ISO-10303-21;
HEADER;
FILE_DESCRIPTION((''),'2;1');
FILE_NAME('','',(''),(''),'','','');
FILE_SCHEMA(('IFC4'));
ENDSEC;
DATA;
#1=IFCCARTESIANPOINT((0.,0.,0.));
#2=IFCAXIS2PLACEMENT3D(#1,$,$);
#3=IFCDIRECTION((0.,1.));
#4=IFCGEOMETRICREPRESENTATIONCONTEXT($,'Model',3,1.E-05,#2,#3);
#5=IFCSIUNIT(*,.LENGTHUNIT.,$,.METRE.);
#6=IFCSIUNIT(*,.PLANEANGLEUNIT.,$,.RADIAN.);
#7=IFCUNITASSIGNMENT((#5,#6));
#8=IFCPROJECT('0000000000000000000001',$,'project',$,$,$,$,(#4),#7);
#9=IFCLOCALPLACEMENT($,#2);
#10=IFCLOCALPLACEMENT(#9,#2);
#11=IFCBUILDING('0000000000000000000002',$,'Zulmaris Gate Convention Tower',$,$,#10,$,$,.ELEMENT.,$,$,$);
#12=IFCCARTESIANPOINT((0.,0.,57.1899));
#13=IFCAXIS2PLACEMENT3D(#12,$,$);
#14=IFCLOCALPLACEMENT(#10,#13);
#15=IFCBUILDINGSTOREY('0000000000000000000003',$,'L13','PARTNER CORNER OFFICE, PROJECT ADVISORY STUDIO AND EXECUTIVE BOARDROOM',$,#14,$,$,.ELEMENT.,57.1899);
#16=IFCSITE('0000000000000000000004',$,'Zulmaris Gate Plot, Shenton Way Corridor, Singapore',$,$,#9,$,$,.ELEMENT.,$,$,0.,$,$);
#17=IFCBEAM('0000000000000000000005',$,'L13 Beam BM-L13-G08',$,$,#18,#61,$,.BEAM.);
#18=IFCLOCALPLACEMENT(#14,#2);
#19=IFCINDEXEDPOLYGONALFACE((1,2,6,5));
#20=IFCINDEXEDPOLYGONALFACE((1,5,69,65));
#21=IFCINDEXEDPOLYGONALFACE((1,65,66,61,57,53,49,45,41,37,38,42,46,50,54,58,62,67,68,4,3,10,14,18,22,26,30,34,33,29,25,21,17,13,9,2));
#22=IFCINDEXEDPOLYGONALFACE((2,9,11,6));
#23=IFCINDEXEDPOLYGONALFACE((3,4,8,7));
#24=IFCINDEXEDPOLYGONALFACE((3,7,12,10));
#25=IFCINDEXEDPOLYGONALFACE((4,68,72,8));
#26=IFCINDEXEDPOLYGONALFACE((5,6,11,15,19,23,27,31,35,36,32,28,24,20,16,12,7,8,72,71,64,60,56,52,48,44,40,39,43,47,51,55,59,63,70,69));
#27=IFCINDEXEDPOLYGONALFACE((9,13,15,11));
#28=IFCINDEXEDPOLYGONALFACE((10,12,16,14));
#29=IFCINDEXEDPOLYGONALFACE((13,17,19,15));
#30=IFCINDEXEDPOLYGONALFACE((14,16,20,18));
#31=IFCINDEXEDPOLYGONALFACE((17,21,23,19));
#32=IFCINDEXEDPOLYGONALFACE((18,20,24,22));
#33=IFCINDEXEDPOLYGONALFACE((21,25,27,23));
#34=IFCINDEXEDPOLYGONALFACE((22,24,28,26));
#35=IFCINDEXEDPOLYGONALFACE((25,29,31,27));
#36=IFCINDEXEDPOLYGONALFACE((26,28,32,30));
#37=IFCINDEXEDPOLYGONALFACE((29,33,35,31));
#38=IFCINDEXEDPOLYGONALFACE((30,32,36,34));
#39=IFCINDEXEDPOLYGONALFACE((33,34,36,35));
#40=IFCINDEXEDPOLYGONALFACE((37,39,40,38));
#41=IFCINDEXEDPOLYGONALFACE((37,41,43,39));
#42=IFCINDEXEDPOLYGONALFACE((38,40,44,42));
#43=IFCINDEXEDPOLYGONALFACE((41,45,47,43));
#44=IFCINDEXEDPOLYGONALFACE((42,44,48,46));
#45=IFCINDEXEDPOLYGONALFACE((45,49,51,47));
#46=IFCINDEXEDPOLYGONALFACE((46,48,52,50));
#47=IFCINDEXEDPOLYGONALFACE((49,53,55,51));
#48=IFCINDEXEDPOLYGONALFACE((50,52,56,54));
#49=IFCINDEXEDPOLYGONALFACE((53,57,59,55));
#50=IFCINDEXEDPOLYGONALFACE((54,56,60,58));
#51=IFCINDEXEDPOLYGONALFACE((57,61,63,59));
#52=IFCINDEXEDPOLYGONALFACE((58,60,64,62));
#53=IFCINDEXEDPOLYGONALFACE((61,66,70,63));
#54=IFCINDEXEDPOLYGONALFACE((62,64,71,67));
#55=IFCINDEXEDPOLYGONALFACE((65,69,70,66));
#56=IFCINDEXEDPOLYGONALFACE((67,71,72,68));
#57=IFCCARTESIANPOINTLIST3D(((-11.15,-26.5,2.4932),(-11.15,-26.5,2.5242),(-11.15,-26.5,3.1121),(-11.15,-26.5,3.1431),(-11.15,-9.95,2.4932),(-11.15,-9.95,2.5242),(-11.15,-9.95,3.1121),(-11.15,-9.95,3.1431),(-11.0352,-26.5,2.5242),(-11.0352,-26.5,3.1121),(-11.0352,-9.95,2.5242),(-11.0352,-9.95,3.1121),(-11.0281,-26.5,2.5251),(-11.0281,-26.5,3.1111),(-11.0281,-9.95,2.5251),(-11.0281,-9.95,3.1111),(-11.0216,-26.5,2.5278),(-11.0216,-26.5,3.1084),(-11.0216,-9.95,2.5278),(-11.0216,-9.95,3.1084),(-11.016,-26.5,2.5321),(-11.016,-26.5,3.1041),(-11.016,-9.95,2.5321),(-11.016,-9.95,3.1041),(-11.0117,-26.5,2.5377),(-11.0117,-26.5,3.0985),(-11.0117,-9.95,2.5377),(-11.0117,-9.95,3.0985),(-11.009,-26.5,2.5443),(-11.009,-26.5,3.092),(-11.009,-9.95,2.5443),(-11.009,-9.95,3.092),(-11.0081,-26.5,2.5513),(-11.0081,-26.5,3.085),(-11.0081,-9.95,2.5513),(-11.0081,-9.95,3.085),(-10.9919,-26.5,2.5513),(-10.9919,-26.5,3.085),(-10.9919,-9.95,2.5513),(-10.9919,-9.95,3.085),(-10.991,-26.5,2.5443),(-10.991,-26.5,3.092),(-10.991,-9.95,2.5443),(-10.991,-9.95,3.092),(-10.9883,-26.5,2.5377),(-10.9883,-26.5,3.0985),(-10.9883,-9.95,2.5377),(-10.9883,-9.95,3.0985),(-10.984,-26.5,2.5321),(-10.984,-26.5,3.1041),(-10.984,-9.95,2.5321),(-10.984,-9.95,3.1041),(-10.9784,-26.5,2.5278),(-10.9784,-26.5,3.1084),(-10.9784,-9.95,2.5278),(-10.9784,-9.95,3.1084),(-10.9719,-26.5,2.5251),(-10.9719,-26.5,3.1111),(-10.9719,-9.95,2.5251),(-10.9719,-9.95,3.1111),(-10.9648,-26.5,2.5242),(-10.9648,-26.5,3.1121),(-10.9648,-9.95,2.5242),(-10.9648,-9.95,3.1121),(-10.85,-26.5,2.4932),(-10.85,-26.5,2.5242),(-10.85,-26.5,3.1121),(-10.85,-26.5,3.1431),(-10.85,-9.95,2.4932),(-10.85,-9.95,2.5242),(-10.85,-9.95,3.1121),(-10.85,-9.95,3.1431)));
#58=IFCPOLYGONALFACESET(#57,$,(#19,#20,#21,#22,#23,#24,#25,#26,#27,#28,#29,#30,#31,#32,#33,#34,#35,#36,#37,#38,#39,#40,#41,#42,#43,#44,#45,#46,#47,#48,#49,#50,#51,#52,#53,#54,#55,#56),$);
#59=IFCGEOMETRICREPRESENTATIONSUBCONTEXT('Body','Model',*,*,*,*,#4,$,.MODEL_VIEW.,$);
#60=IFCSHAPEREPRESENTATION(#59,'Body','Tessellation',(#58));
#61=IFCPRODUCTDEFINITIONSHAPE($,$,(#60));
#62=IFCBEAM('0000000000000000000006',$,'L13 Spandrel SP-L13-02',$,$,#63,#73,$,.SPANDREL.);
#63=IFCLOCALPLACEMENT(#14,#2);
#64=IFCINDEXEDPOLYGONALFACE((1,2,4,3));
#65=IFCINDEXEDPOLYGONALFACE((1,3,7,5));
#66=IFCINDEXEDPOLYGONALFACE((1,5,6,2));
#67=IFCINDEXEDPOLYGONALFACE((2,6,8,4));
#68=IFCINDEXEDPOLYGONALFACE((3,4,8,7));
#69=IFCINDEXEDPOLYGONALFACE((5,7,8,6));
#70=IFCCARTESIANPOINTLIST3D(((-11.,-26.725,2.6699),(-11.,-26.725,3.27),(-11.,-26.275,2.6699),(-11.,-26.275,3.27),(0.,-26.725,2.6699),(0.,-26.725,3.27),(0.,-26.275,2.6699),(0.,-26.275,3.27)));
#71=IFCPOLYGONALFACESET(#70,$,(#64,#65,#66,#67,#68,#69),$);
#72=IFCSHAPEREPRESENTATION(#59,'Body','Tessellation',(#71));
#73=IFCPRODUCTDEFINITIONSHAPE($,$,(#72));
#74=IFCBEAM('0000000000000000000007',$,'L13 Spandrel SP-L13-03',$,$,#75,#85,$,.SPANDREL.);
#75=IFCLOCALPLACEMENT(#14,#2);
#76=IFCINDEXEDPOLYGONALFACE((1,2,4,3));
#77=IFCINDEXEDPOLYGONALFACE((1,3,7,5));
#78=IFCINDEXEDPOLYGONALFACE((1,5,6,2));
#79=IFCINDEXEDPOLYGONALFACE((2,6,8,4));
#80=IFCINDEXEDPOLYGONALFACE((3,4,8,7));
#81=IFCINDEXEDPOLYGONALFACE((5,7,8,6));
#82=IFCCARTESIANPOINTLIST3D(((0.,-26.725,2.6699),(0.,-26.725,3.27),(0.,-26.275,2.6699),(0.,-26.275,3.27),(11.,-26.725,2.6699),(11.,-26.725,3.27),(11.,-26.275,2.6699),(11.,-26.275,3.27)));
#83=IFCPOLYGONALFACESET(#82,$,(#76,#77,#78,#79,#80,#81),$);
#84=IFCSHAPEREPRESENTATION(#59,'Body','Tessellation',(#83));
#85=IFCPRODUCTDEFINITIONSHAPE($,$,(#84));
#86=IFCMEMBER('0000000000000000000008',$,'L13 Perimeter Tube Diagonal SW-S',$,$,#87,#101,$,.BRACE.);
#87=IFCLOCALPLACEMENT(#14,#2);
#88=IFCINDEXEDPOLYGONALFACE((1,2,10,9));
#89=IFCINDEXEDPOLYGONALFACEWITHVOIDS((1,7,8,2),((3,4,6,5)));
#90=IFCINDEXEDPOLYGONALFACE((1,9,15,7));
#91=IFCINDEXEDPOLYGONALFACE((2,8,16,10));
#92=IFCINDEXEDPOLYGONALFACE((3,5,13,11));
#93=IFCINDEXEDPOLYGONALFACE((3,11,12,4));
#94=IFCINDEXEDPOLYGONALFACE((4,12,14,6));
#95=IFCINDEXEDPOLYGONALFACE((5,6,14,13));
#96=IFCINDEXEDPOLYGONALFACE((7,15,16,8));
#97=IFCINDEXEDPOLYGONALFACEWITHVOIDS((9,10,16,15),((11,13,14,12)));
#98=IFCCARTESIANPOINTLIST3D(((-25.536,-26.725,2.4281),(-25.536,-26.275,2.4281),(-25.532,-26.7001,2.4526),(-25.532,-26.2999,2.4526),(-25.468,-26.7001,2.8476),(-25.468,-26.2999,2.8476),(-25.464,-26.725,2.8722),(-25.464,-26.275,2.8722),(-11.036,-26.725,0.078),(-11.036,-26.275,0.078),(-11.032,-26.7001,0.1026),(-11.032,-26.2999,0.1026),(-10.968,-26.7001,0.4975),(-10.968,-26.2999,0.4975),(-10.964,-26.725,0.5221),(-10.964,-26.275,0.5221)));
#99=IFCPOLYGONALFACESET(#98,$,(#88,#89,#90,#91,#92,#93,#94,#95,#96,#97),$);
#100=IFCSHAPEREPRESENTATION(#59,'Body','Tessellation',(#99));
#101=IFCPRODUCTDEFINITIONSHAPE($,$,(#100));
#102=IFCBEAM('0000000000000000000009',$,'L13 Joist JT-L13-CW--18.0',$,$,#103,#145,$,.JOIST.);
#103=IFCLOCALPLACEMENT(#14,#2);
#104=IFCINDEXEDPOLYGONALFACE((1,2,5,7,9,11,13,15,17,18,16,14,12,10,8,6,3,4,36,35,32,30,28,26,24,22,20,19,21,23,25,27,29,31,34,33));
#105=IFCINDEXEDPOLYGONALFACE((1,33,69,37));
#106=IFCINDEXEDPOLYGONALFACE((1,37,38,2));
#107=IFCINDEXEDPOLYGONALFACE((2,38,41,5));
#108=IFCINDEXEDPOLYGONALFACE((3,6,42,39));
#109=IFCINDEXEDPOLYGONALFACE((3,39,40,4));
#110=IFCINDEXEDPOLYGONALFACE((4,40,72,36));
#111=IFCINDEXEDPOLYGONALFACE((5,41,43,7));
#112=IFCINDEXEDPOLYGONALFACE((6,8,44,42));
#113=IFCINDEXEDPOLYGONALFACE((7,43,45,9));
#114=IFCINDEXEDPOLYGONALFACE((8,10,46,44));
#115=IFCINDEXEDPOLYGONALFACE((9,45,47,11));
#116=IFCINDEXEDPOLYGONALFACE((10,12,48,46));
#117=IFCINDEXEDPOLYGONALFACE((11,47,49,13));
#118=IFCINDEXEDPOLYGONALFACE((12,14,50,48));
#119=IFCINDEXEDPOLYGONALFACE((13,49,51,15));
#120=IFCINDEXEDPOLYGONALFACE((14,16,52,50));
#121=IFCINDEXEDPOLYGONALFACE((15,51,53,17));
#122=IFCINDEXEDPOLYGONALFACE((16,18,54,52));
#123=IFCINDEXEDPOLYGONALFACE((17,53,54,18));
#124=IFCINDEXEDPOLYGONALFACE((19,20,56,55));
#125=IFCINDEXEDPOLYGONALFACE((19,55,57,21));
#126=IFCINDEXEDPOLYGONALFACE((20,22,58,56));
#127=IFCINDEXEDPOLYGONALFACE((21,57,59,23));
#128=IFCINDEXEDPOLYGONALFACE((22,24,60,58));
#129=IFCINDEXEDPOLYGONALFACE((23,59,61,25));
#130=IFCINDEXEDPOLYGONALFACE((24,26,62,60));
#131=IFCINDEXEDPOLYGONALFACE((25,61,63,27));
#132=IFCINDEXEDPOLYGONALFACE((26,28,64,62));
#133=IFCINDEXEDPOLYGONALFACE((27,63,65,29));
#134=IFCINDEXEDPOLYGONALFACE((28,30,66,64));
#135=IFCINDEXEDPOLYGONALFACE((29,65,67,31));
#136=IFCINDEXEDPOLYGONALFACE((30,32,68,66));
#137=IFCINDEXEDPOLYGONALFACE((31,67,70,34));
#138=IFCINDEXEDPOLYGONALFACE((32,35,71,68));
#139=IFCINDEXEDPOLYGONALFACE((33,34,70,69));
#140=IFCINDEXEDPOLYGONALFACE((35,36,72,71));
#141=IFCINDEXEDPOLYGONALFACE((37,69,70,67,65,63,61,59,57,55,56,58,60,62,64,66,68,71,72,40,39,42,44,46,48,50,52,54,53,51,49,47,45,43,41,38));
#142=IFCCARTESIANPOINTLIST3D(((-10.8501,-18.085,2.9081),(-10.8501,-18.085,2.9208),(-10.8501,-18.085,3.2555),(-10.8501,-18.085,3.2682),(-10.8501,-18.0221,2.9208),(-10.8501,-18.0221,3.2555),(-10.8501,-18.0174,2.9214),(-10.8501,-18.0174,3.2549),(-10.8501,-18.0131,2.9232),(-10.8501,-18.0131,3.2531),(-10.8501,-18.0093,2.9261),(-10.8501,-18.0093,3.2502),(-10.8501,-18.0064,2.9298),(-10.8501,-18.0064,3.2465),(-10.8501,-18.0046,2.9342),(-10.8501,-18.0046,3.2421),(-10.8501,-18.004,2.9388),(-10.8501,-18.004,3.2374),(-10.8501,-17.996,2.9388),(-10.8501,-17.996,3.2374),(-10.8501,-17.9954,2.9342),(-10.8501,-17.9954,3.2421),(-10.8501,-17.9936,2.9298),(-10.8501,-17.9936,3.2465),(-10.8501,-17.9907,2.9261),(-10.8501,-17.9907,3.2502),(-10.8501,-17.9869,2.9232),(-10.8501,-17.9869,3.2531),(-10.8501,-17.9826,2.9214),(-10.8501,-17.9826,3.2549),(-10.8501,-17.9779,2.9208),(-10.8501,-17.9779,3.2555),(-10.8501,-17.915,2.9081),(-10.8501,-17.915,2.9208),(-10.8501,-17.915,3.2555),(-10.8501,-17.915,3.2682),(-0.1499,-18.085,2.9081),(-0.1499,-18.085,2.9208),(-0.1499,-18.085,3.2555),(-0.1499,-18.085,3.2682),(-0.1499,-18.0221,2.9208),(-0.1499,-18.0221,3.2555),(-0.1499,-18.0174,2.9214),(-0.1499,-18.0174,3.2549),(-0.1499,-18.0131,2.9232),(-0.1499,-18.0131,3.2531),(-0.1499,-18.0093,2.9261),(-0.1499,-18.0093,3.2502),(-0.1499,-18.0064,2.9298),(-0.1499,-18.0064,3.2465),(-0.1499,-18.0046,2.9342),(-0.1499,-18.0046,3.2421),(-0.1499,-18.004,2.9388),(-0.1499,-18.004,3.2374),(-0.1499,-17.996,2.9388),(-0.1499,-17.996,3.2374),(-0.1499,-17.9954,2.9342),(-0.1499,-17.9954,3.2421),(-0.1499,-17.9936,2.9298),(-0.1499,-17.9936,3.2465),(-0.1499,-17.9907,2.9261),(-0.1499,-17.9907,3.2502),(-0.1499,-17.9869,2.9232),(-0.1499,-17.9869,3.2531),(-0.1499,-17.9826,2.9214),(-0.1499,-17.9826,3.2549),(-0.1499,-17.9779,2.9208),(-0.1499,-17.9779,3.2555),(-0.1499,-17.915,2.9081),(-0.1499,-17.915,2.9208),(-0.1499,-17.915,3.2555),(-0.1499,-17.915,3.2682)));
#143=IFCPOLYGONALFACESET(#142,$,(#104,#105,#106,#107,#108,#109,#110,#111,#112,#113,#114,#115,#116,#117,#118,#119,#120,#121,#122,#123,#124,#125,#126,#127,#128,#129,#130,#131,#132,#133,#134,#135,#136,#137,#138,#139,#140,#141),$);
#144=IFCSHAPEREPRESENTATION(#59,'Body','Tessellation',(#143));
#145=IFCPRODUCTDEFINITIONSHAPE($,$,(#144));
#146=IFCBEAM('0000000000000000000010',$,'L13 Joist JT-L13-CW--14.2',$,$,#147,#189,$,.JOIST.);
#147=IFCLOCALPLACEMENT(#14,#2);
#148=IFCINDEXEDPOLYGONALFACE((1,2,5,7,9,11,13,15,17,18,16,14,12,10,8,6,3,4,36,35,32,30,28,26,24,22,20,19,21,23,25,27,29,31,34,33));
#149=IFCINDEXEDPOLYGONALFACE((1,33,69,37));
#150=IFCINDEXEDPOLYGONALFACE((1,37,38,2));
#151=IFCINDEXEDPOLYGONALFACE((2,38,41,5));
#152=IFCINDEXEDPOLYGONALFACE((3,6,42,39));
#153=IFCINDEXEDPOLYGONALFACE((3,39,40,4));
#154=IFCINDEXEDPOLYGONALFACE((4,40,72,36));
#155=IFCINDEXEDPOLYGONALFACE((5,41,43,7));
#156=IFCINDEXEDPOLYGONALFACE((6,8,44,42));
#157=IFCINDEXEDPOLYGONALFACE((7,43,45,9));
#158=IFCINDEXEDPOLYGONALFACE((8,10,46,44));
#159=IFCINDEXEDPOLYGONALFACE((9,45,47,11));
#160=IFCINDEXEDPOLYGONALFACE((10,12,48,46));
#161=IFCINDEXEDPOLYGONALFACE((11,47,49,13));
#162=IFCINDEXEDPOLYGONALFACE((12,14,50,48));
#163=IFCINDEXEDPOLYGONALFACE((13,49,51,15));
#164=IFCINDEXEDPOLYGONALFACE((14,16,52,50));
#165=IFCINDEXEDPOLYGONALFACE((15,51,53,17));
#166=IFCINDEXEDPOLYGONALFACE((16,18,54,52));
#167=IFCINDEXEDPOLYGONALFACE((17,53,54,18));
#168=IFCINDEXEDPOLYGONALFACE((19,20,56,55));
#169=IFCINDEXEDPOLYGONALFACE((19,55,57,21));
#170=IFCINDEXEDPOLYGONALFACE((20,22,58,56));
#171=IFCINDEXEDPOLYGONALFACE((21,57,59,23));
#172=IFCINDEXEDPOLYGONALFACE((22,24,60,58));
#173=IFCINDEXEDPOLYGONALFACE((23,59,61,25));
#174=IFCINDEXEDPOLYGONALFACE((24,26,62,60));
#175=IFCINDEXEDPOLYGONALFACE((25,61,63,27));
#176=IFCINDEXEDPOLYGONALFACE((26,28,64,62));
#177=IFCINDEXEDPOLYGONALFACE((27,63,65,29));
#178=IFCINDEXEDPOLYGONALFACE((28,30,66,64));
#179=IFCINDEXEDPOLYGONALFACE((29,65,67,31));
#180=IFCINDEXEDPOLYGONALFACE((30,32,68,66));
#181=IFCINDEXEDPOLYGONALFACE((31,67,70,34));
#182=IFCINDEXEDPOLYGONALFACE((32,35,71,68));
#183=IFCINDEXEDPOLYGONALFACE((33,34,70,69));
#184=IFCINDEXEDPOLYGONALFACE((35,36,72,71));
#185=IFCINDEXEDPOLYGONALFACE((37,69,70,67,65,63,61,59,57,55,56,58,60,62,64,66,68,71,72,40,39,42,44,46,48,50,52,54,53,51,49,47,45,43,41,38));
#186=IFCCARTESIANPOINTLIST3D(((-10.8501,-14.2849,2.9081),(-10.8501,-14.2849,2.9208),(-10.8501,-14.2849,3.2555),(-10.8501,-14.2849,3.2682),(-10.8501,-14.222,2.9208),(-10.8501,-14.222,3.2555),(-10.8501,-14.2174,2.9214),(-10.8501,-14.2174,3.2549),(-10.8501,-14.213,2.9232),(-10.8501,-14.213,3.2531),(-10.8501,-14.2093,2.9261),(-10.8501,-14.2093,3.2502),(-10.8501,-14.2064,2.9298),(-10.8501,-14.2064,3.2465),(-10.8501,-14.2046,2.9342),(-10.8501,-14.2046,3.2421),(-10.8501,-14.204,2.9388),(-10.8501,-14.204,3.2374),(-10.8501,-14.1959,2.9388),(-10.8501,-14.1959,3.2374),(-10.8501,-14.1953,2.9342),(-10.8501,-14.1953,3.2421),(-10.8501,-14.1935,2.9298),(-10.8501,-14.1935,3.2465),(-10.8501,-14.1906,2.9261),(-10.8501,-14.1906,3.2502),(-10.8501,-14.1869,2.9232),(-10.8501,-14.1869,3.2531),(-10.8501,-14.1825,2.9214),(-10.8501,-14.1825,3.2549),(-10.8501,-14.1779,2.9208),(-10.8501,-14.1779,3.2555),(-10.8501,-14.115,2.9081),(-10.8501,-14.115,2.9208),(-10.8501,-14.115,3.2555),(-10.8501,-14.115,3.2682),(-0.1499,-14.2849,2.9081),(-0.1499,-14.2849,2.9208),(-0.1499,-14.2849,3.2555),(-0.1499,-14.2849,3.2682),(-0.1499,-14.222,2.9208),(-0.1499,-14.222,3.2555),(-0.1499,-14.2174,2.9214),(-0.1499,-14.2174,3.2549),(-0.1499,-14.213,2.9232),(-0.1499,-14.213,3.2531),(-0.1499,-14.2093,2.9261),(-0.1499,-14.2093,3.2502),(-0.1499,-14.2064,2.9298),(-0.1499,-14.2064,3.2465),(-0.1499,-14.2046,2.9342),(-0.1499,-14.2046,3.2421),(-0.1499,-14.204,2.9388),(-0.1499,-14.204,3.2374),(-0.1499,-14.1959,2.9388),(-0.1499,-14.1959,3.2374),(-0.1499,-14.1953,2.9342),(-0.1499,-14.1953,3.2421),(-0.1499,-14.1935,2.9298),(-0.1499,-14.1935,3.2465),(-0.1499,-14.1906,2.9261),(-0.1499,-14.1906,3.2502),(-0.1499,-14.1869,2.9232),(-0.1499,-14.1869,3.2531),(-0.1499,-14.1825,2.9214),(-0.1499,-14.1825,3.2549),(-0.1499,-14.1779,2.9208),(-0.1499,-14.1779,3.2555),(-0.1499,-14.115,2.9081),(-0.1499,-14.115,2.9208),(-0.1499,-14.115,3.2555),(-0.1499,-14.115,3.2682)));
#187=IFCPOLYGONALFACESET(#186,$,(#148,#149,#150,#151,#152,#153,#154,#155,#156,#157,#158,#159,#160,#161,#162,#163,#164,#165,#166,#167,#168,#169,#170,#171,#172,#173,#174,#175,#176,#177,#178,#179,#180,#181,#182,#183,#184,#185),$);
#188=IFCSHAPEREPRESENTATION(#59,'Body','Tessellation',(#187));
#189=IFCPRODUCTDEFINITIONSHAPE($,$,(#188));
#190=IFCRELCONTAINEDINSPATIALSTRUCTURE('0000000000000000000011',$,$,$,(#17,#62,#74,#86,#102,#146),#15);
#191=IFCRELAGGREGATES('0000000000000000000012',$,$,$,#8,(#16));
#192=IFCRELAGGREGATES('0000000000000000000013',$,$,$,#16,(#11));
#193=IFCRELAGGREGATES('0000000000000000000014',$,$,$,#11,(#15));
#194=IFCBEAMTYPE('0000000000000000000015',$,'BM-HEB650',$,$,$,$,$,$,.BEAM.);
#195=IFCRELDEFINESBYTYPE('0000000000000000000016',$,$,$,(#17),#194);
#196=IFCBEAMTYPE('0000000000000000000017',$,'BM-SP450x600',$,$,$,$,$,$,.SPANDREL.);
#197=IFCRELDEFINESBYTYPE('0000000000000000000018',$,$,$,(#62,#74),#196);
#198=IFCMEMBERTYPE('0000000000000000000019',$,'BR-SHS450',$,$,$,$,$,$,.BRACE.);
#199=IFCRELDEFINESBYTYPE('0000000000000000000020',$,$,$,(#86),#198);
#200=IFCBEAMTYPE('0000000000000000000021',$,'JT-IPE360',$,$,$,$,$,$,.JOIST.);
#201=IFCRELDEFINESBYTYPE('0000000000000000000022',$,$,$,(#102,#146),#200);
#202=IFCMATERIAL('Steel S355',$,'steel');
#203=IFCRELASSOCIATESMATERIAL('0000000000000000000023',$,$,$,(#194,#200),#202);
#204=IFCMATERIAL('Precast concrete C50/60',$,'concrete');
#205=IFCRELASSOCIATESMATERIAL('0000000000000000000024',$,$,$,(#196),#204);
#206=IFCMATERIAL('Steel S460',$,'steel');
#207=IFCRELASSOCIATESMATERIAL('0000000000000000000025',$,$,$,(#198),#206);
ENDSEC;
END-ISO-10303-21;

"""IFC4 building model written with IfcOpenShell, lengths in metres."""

from ifc_helpers import new_model, si_unit, direction, frame, origin, origin_2d, place, context, subcontext, project, spatial, rectangle, hollow_rectangle, i_section, extrude, material, material_profile, profile_set, type_object, element, save


model = new_model("IFC4")

# Units and contexts
model_context = context("Model", 3, precision=1e-05, world=origin(), true_north=direction((0.0, 1.0)))
body_context = subcontext(model_context, "Body", "Model", "MODEL_VIEW")
ifc_project = project(units=[si_unit("LENGTHUNIT", "METRE"), si_unit("PLANEANGLEUNIT", "RADIAN")], contexts=[model_context])

# Site, building, storey
site_placement = place(None, origin())
site = spatial("IfcSite", under=ifc_project, at=site_placement, Name="Zulmaris Gate Plot, Shenton Way Corridor, Singapore", CompositionType="ELEMENT", RefElevation=0.0)
building_placement = place(site_placement, origin())
building = spatial("IfcBuilding", under=site, at=building_placement, Name="Zulmaris Gate Convention Tower", CompositionType="ELEMENT")
storey_placement = place(building_placement, frame((0.0, 0.0, 57.1899)))
storey = spatial("IfcBuildingStorey", under=building, at=storey_placement, Name="L13", Description="PARTNER CORNER OFFICE, PROJECT ADVISORY STUDIO AND EXECUTIVE BOARDROOM", CompositionType="ELEMENT", Elevation=57.1899)

# Beams
ifc_material_1 = material(Name="Steel S355", Category="steel")
ifc_material_profile_1 = material_profile(ifc_material_1, i_section(OverallWidth=0.3, OverallDepth=0.6499, WebThickness=0.0161, FlangeThickness=0.031, FilletRadius=0.0271, at=origin_2d()), Name="HEB 650")
ifc_profile_set_1 = profile_set([ifc_material_profile_1], Name="Steel S355")
beam_type_1 = type_object("IfcBeamType", Name="BM-HEB650", PredefinedType="BEAM", material=ifc_profile_set_1)
beam_1_placement = place(storey_placement, frame((-11.0, -26.5, 2.8181), z_axis=(0.0, 1.0, 0.0), x_axis=(-1.0, 0.0, 0.0)))
element("IfcBeam", 1, at=beam_1_placement, inside=storey, type_object=beam_type_1, Name="L13 Beam BM-L13-G08", PredefinedType="BEAM", context=body_context, shape_type="SweptSolid", body=[
    extrude(i_section(OverallWidth=0.3, OverallDepth=0.6499, WebThickness=0.0161, FlangeThickness=0.031, FilletRadius=0.0271, at=origin_2d()), origin(), (0.0, 0.0, 1.0), 16.55),
])
ifc_material_2 = material(Name="Precast concrete C50/60", Category="concrete")
ifc_material_profile_2 = material_profile(ifc_material_2, rectangle(XDim=0.45, YDim=0.6001, at=origin_2d()), Name="RC SPANDREL 450x600")
ifc_profile_set_2 = profile_set([ifc_material_profile_2], Name="Precast concrete C50/60")
beam_type_2 = type_object("IfcBeamType", Name="BM-SP450x600", PredefinedType="SPANDREL", material=ifc_profile_set_2)
for number, where, z_axis, x_axis, name in (
    (2, (-11.0, -26.5, 2.97), (1.0, 0.0, 0.0), (0.0, 1.0, 0.0), "L13 Spandrel SP-L13-02"),
    (3, (0.0, -26.5, 2.97), (1.0, 0.0, 0.0), (0.0, 1.0, 0.0), "L13 Spandrel SP-L13-03"),
):
    element("IfcBeam", number, at=place(storey_placement, frame(where, z_axis=z_axis, x_axis=x_axis)), inside=storey, type_object=beam_type_2, Name=name, PredefinedType="SPANDREL", context=body_context, shape_type="SweptSolid", body=[
        extrude(rectangle(XDim=0.45, YDim=0.6001, at=origin_2d()), origin(), (0.0, 0.0, 1.0), 11.0),
    ])

# Member
ifc_material_3 = material(Name="Steel S460", Category="steel")
ifc_material_profile_3 = material_profile(ifc_material_3, hollow_rectangle(XDim=0.45, YDim=0.45, WallThickness=0.0249, at=origin_2d()), Name="SHS 450x450x25")
ifc_profile_set_3 = profile_set([ifc_material_profile_3], Name="Steel S460")
member_type = type_object("IfcMemberType", Name="BR-SHS450", PredefinedType="BRACE", material=ifc_profile_set_3)
member_placement = place(storey_placement, frame((-11.0, -26.5, 0.3), z_axis=(-0.987119, 0.0, 0.159988), x_axis=(0.0, -1.0, 0.0)))
element("IfcMember", 4, at=member_placement, inside=storey, type_object=member_type, Name="L13 Perimeter Tube Diagonal SW-S", PredefinedType="BRACE", context=body_context, shape_type="SweptSolid", body=[
    extrude(hollow_rectangle(XDim=0.45, YDim=0.45, WallThickness=0.0249, at=origin_2d()), origin(), (0.0, 0.0, 1.0), 14.6892),
])

# Beams
ifc_material_profile_4 = material_profile(ifc_material_1, i_section(OverallWidth=0.1699, OverallDepth=0.3601, WebThickness=0.0081, FlangeThickness=0.0127, FilletRadius=0.0181, at=origin_2d()), Name="IPE 360")
ifc_profile_set_4 = profile_set([ifc_material_profile_4], Name="Steel S355")
beam_type_3 = type_object("IfcBeamType", Name="JT-IPE360", PredefinedType="JOIST", material=ifc_profile_set_4)
for number, where, z_axis, x_axis, name in (
    (5, (-10.8501, -18.0, 3.0881), (1.0, 0.0, 0.0), (0.0, 1.0, 0.0), "L13 Joist JT-L13-CW--18.0"),
    (6, (-10.8501, -14.2, 3.0881), (1.0, 0.0, 0.0), (0.0, 1.0, 0.0), "L13 Joist JT-L13-CW--14.2"),
):
    element("IfcBeam", number, at=place(storey_placement, frame(where, z_axis=z_axis, x_axis=x_axis)), inside=storey, type_object=beam_type_3, Name=name, PredefinedType="JOIST", context=body_context, shape_type="SweptSolid", body=[
        extrude(i_section(OverallWidth=0.1699, OverallDepth=0.3601, WebThickness=0.0081, FlangeThickness=0.0127, FilletRadius=0.0181, at=origin_2d()), origin(), (0.0, 0.0, 1.0), 10.7002),
    ])

save(model, "model.ifc")
